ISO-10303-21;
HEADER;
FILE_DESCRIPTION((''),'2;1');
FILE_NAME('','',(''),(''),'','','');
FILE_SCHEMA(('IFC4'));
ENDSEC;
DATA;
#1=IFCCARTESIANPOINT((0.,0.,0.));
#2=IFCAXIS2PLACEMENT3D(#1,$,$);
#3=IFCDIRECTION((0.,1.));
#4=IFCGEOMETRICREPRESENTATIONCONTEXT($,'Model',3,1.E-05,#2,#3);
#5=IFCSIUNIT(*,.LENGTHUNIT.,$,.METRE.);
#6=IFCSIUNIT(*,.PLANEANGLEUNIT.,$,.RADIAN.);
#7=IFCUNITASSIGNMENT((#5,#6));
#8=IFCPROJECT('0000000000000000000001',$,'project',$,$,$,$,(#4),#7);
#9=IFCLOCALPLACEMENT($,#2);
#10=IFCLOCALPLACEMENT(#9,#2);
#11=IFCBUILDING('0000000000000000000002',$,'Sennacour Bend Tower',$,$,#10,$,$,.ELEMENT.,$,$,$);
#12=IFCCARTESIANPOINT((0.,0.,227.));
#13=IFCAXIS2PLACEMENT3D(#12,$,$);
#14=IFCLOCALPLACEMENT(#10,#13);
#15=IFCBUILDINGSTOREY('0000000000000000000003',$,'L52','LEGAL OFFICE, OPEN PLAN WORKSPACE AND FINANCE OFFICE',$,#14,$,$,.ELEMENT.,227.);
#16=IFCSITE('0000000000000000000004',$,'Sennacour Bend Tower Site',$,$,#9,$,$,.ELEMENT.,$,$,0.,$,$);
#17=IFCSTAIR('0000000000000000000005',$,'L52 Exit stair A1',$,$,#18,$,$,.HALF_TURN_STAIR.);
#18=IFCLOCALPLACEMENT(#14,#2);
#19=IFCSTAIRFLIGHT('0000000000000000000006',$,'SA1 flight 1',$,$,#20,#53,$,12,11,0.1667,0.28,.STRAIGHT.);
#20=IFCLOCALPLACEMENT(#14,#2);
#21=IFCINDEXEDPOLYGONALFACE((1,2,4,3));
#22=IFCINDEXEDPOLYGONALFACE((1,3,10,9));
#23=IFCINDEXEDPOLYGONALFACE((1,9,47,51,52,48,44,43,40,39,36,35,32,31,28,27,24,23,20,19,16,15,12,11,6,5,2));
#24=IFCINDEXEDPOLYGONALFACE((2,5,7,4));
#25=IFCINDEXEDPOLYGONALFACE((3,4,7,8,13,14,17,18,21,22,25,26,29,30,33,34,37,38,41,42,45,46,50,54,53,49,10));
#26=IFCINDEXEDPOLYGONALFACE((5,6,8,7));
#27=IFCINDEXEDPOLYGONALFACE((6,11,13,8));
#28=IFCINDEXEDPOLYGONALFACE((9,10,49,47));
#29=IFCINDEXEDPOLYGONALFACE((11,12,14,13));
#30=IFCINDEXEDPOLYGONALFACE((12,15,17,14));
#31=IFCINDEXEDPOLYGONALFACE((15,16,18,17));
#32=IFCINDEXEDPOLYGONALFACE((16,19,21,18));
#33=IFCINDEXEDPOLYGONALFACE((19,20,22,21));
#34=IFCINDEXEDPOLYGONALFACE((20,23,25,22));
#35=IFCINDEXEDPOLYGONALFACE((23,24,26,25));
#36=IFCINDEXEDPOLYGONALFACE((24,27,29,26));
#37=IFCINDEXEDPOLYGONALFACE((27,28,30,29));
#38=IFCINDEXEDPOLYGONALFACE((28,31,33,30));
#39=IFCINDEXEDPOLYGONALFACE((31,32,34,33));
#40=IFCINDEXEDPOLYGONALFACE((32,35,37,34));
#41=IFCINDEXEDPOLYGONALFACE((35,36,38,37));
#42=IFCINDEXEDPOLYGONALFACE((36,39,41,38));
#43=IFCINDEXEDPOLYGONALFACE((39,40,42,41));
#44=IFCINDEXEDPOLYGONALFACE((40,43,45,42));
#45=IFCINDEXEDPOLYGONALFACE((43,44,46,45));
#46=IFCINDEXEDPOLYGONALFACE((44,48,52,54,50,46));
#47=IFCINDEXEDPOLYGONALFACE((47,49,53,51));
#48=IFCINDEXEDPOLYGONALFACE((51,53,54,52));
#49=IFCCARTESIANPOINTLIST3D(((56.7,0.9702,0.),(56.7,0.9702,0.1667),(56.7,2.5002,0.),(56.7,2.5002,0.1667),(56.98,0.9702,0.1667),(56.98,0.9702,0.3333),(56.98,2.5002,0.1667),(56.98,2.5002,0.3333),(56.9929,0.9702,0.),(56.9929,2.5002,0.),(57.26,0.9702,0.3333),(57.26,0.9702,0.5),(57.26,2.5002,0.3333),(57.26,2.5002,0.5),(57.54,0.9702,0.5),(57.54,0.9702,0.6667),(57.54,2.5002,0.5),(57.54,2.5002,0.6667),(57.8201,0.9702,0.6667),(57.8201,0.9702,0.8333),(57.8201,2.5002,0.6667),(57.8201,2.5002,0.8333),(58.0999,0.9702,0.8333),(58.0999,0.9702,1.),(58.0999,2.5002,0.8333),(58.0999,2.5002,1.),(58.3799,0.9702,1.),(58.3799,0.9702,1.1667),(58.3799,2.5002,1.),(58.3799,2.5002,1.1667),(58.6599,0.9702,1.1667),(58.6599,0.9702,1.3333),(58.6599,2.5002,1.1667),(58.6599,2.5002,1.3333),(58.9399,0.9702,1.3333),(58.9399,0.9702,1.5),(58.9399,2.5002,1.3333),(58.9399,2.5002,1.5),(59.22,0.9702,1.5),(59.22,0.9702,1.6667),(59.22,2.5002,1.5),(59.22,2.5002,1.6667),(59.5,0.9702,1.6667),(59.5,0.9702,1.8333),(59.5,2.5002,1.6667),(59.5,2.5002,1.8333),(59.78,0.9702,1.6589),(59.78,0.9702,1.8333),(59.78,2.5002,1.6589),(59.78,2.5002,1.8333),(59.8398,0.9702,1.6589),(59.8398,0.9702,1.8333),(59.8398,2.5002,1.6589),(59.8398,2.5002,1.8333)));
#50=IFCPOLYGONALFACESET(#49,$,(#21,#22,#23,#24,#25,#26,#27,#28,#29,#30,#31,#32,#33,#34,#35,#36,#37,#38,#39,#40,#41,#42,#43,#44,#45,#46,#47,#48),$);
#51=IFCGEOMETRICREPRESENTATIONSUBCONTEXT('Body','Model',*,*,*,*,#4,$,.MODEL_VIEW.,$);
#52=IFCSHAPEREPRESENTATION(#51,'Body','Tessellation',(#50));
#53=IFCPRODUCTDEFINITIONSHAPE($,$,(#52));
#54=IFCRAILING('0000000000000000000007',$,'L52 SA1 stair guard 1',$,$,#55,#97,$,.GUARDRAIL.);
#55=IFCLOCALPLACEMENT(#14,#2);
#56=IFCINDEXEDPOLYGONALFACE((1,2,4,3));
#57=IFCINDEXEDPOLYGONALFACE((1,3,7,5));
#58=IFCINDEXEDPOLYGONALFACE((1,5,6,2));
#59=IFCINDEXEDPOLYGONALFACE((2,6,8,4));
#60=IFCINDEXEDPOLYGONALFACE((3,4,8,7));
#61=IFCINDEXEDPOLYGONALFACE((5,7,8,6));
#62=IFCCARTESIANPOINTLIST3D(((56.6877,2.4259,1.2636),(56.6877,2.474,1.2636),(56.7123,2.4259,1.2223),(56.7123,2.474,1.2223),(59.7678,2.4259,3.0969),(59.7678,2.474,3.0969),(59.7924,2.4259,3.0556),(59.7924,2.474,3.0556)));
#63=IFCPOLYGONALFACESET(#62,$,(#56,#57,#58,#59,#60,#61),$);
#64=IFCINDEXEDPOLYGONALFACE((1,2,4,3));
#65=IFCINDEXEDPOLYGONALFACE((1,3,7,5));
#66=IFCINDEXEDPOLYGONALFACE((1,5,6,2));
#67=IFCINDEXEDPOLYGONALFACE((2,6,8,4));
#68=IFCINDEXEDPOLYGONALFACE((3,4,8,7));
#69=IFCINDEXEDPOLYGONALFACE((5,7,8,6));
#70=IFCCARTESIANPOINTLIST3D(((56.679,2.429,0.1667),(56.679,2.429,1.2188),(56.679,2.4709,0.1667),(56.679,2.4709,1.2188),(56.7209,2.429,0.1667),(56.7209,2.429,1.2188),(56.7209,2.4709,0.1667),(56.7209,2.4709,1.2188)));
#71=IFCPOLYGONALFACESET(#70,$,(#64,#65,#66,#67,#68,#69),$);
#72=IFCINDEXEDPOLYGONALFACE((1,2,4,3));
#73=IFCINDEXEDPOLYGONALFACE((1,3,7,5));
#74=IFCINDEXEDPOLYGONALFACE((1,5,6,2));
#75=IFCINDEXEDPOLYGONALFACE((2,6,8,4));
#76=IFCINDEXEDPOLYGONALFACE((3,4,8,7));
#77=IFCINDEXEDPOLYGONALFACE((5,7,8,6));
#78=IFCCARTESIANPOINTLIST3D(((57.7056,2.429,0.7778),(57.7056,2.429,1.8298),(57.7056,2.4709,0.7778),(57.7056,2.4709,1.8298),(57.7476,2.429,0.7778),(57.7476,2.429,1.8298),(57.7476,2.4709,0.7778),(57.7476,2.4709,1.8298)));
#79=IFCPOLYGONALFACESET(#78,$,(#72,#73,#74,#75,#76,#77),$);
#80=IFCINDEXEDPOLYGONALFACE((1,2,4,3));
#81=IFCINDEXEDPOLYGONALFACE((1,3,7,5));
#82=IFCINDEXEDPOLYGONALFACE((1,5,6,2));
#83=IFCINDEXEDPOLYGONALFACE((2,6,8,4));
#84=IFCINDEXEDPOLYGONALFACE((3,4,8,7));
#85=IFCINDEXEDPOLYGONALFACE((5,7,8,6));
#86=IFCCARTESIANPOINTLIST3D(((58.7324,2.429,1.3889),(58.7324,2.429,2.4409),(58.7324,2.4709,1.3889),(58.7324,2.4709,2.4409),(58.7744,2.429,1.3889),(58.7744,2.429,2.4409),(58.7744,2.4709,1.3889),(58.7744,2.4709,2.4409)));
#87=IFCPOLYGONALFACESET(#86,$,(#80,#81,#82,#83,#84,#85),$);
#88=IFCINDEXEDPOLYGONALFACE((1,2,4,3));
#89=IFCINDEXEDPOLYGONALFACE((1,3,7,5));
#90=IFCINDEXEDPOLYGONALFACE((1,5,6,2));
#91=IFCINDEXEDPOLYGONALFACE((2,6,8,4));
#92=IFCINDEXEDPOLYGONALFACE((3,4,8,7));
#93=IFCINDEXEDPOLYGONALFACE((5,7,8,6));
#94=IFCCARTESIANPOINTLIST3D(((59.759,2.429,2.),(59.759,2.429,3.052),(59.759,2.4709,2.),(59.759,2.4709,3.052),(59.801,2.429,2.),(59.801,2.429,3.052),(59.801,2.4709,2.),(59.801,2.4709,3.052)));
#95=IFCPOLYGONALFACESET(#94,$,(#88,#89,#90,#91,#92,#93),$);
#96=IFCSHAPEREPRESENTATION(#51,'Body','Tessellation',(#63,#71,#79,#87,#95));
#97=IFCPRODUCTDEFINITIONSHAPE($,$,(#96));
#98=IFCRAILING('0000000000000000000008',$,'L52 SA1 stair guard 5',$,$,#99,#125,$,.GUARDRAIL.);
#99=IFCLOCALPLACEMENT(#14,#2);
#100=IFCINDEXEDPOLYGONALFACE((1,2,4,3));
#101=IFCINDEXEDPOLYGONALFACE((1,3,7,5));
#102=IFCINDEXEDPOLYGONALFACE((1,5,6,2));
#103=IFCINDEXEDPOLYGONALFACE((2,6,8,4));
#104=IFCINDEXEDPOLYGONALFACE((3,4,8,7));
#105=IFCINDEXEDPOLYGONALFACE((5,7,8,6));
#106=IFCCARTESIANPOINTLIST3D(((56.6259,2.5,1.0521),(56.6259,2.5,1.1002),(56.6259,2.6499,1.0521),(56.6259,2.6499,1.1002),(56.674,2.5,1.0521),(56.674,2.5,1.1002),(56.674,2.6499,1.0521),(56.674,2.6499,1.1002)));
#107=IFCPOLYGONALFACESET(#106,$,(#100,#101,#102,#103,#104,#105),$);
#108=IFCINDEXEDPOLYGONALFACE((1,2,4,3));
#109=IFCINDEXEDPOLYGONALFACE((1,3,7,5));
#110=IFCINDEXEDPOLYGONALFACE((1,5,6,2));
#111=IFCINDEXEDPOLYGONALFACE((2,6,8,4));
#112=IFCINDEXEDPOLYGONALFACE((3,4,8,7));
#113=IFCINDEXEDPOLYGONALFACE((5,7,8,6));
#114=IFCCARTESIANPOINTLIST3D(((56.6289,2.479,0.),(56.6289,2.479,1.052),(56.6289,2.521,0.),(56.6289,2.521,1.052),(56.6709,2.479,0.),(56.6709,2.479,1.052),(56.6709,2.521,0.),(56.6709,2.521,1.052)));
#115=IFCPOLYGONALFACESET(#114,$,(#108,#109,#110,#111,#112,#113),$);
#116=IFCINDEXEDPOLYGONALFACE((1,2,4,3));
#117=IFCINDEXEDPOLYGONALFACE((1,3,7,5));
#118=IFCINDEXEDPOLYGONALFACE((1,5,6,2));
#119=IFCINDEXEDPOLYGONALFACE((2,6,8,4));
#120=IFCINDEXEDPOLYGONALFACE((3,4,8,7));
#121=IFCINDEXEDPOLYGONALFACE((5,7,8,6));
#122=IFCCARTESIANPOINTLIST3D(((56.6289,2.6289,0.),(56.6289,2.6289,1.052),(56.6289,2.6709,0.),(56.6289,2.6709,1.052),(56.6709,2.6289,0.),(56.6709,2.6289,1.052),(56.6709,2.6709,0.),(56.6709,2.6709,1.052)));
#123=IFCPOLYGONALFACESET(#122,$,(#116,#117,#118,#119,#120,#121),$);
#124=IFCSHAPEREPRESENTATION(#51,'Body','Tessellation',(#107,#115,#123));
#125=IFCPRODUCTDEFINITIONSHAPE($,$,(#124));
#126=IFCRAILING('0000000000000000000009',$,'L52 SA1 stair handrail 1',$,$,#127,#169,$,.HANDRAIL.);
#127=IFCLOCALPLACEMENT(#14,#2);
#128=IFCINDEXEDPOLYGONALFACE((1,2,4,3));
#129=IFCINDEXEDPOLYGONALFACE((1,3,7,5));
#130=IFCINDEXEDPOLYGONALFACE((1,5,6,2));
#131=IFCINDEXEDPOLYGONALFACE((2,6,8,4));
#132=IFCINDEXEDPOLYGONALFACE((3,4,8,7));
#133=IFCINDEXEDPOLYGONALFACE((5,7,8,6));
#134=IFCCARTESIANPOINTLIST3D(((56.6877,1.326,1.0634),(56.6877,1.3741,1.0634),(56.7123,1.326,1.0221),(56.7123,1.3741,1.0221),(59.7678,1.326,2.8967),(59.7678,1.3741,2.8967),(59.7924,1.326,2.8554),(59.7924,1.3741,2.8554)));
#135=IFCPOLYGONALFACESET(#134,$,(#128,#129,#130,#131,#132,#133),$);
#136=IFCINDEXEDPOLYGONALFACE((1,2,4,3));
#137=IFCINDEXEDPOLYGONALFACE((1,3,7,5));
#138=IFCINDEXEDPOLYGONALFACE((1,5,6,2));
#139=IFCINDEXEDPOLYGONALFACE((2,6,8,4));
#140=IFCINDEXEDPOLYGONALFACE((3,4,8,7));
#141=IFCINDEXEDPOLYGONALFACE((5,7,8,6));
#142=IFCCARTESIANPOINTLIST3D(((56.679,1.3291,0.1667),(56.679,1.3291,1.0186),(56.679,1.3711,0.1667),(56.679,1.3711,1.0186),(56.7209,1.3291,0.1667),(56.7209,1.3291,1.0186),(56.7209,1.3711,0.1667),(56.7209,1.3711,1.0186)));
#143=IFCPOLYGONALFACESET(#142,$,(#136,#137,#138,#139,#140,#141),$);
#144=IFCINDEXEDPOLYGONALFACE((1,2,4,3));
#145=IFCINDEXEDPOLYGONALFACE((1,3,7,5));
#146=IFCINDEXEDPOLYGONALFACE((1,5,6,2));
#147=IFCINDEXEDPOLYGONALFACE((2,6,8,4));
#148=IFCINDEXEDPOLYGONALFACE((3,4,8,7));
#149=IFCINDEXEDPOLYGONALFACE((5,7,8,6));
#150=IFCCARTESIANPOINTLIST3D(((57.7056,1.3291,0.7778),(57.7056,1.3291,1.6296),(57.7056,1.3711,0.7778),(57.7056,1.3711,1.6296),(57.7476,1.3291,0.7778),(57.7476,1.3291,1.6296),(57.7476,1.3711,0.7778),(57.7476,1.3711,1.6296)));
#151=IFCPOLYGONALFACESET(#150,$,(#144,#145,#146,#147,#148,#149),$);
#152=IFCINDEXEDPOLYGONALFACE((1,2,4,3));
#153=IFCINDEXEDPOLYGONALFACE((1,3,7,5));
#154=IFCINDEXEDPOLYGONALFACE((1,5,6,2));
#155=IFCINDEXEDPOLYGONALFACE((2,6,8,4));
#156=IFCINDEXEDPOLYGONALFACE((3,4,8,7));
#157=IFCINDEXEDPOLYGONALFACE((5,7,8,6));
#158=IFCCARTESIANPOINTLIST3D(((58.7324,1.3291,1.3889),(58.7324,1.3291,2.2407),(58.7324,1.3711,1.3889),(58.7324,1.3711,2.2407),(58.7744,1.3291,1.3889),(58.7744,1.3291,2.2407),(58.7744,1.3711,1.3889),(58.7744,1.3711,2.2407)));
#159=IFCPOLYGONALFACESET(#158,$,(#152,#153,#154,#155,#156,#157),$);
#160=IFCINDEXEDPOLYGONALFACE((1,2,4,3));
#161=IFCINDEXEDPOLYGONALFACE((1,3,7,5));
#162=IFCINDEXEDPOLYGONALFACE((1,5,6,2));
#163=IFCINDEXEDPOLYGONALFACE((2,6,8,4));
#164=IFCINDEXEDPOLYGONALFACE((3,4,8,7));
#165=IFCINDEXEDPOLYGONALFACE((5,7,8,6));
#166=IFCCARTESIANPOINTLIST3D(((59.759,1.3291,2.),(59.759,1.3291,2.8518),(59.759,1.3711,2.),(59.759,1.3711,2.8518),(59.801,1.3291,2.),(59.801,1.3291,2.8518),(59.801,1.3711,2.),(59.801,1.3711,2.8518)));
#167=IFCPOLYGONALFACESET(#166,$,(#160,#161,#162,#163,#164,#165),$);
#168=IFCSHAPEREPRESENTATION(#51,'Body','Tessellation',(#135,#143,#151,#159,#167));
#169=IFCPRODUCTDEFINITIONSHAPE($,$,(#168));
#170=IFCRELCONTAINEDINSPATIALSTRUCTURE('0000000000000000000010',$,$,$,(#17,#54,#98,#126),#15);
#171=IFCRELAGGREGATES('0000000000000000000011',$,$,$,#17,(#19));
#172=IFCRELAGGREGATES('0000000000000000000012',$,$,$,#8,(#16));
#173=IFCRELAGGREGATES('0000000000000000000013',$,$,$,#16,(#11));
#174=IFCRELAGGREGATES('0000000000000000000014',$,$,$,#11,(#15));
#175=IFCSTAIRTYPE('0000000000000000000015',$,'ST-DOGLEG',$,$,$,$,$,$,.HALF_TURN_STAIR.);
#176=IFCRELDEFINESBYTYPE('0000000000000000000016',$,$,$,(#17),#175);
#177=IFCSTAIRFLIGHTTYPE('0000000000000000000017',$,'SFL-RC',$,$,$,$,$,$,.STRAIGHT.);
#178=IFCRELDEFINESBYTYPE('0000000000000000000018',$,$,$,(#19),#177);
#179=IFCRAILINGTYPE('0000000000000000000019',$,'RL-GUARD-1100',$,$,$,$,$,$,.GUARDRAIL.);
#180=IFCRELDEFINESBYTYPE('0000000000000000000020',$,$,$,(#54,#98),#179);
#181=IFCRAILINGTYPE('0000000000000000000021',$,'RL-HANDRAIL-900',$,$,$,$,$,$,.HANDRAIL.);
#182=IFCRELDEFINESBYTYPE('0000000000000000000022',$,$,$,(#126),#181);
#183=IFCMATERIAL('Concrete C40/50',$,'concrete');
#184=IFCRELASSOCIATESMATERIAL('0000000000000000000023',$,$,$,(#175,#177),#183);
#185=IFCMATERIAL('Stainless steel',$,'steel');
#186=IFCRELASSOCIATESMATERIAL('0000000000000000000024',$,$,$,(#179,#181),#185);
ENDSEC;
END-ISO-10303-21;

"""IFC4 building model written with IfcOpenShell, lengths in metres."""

from ifc_helpers import new_model, si_unit, direction, frame, origin, origin_2d, place, context, subcontext, project, spatial, polyline, rectangle, outline, extrude, material, type_object, element, aggregate, save


model = new_model("IFC4")

# Units and contexts
model_context = context("Model", 3, precision=1e-05, world=origin(), true_north=direction((0.0, 1.0)))
body_context = subcontext(model_context, "Body", "Model", "MODEL_VIEW")
ifc_project = project(units=[si_unit("LENGTHUNIT", "METRE"), si_unit("PLANEANGLEUNIT", "RADIAN")], contexts=[model_context])

# Site, building, storey
site_placement = place(None, origin())
site = spatial("IfcSite", under=ifc_project, at=site_placement, Name="Sennacour Bend Tower Site", CompositionType="ELEMENT", RefElevation=0.0)
building_placement = place(site_placement, origin())
building = spatial("IfcBuilding", under=site, at=building_placement, Name="Sennacour Bend Tower", CompositionType="ELEMENT")
storey_placement = place(building_placement, frame((0.0, 0.0, 227.0)))
storey = spatial("IfcBuildingStorey", under=building, at=storey_placement, Name="L52", Description="LEGAL OFFICE, OPEN PLAN WORKSPACE AND FINANCE OFFICE", CompositionType="ELEMENT", Elevation=227.0)

# Stair, stair flight
ifc_material_1 = material(Name="Concrete C40/50", Category="concrete")
stair_type = type_object("IfcStairType", Name="ST-DOGLEG", PredefinedType="HALF_TURN_STAIR", material=ifc_material_1)
stair_placement = place(storey_placement, origin())
stair = element("IfcStair", 1, at=stair_placement, inside=storey, type_object=stair_type, Name="L52 Exit stair A1", PredefinedType="HALF_TURN_STAIR")
stair_flight_type = type_object("IfcStairFlightType", Name="SFL-RC", PredefinedType="STRAIGHT", material=ifc_material_1)
stair_flight_placement = place(storey_placement, frame((56.7, 1.7351, 0.0), z_axis=(0.0, 0.0, 1.0), x_axis=(1.0, 0.0, 0.0)))
stair_flight = element("IfcStairFlight", 2, at=stair_flight_placement, type_object=stair_flight_type, Name="SA1 flight 1", NumberOfRisers=12, NumberOfTreads=11, PredefinedType="STRAIGHT", RiserHeight=0.1667, TreadLength=0.28, context=body_context, shape_type="SweptSolid", body=[
    extrude(outline(polyline([(0.0, 0.0), (0.0, 0.1667), (0.28, 0.1667), (0.28, 0.3333), (0.5601, 0.3333), (0.5601, 0.5), (0.8401, 0.5), (0.8401, 0.6667), (1.1201, 0.6667), (1.1201, 0.8333), (1.3999, 0.8333), (1.3999, 1.0), (1.6799, 1.0), (1.6799, 1.1667), (1.96, 1.1667), (1.96, 1.3333), (2.24, 1.3333), (2.24, 1.5), (2.52, 1.5), (2.52, 1.6667), (2.8, 1.6667), (2.8, 1.8333), (3.0801, 1.8333), (3.1399, 1.8333), (3.1399, 1.6589), (3.0801, 1.6589), (0.293, 0.0), (0.0, 0.0)])), frame((0.0, 0.7651, 0.0), z_axis=(0.0, -1.0, 0.0), x_axis=(1.0, 0.0, 0.0)), (0.0, 0.0, 1.0), 1.53),
])
aggregate(stair, [stair_flight])

# Railings
ifc_material_2 = material(Name="Stainless steel", Category="steel")
railing_type_1 = type_object("IfcRailingType", Name="RL-GUARD-1100", PredefinedType="GUARDRAIL", material=ifc_material_2)
railing_1_placement = place(storey_placement, frame((56.7, 2.45, 0.1667)))
element("IfcRailing", 3, at=railing_1_placement, inside=storey, type_object=railing_type_1, Name="L52 SA1 stair guard 1", PredefinedType="GUARDRAIL", context=body_context, shape_type="SweptSolid", body=[
    extrude(rectangle(XDim=0.0481, YDim=0.0481, at=origin_2d()), frame((0.0, 0.0, 1.0762), z_axis=(0.859309, 0.0, 0.511458), x_axis=(0.0, 1.0, 0.0)), (0.0, 0.0, 1.0), 3.5845),
    extrude(rectangle(XDim=0.042, YDim=0.042, at=origin_2d()), origin(), (0.0, 0.0, 1.0), 1.052),
    extrude(rectangle(XDim=0.042, YDim=0.042, at=origin_2d()), frame((1.0266, 0.0, 0.6111)), (0.0, 0.0, 1.0), 1.052),
    extrude(rectangle(XDim=0.042, YDim=0.042, at=origin_2d()), frame((2.0535, 0.0, 1.2222)), (0.0, 0.0, 1.0), 1.052),
    extrude(rectangle(XDim=0.042, YDim=0.042, at=origin_2d()), frame((3.0801, 0.0, 1.8333)), (0.0, 0.0, 1.0), 1.052),
])
railing_2_placement = place(storey_placement, frame((56.6499, 2.5, 0.0)))
element("IfcRailing", 4, at=railing_2_placement, inside=storey, type_object=railing_type_1, Name="L52 SA1 stair guard 5", PredefinedType="GUARDRAIL", context=body_context, shape_type="SweptSolid", body=[
    extrude(rectangle(XDim=0.0481, YDim=0.0481, at=origin_2d()), frame((0.0, 0.0, 1.0762), z_axis=(0.0, 1.0, 0.0), x_axis=(-1.0, 0.0, 0.0)), (0.0, 0.0, 1.0), 0.1499),
    extrude(rectangle(XDim=0.042, YDim=0.042, at=origin_2d()), origin(), (0.0, 0.0, 1.0), 1.052),
    extrude(rectangle(XDim=0.042, YDim=0.042, at=origin_2d()), frame((0.0, 0.1499, 0.0)), (0.0, 0.0, 1.0), 1.052),
])
railing_type_2 = type_object("IfcRailingType", Name="RL-HANDRAIL-900", PredefinedType="HANDRAIL", material=ifc_material_2)
railing_3_placement = place(storey_placement, frame((56.7, 1.3501, 0.1667)))
element("IfcRailing", 5, at=railing_3_placement, inside=storey, type_object=railing_type_2, Name="L52 SA1 stair handrail 1", PredefinedType="HANDRAIL", context=body_context, shape_type="SweptSolid", body=[
    extrude(rectangle(XDim=0.0481, YDim=0.0481, at=origin_2d()), frame((0.0, 0.0, 0.876), z_axis=(0.859309, 0.0, 0.511458), x_axis=(0.0, 1.0, 0.0)), (0.0, 0.0, 1.0), 3.5845),
    extrude(rectangle(XDim=0.042, YDim=0.042, at=origin_2d()), origin(), (0.0, 0.0, 1.0), 0.8518),
    extrude(rectangle(XDim=0.042, YDim=0.042, at=origin_2d()), frame((1.0266, 0.0, 0.6111)), (0.0, 0.0, 1.0), 0.8518),
    extrude(rectangle(XDim=0.042, YDim=0.042, at=origin_2d()), frame((2.0535, 0.0, 1.2222)), (0.0, 0.0, 1.0), 0.8518),
    extrude(rectangle(XDim=0.042, YDim=0.042, at=origin_2d()), frame((3.0801, 0.0, 1.8333)), (0.0, 0.0, 1.0), 0.8518),
])

save(model, "model.ifc")
